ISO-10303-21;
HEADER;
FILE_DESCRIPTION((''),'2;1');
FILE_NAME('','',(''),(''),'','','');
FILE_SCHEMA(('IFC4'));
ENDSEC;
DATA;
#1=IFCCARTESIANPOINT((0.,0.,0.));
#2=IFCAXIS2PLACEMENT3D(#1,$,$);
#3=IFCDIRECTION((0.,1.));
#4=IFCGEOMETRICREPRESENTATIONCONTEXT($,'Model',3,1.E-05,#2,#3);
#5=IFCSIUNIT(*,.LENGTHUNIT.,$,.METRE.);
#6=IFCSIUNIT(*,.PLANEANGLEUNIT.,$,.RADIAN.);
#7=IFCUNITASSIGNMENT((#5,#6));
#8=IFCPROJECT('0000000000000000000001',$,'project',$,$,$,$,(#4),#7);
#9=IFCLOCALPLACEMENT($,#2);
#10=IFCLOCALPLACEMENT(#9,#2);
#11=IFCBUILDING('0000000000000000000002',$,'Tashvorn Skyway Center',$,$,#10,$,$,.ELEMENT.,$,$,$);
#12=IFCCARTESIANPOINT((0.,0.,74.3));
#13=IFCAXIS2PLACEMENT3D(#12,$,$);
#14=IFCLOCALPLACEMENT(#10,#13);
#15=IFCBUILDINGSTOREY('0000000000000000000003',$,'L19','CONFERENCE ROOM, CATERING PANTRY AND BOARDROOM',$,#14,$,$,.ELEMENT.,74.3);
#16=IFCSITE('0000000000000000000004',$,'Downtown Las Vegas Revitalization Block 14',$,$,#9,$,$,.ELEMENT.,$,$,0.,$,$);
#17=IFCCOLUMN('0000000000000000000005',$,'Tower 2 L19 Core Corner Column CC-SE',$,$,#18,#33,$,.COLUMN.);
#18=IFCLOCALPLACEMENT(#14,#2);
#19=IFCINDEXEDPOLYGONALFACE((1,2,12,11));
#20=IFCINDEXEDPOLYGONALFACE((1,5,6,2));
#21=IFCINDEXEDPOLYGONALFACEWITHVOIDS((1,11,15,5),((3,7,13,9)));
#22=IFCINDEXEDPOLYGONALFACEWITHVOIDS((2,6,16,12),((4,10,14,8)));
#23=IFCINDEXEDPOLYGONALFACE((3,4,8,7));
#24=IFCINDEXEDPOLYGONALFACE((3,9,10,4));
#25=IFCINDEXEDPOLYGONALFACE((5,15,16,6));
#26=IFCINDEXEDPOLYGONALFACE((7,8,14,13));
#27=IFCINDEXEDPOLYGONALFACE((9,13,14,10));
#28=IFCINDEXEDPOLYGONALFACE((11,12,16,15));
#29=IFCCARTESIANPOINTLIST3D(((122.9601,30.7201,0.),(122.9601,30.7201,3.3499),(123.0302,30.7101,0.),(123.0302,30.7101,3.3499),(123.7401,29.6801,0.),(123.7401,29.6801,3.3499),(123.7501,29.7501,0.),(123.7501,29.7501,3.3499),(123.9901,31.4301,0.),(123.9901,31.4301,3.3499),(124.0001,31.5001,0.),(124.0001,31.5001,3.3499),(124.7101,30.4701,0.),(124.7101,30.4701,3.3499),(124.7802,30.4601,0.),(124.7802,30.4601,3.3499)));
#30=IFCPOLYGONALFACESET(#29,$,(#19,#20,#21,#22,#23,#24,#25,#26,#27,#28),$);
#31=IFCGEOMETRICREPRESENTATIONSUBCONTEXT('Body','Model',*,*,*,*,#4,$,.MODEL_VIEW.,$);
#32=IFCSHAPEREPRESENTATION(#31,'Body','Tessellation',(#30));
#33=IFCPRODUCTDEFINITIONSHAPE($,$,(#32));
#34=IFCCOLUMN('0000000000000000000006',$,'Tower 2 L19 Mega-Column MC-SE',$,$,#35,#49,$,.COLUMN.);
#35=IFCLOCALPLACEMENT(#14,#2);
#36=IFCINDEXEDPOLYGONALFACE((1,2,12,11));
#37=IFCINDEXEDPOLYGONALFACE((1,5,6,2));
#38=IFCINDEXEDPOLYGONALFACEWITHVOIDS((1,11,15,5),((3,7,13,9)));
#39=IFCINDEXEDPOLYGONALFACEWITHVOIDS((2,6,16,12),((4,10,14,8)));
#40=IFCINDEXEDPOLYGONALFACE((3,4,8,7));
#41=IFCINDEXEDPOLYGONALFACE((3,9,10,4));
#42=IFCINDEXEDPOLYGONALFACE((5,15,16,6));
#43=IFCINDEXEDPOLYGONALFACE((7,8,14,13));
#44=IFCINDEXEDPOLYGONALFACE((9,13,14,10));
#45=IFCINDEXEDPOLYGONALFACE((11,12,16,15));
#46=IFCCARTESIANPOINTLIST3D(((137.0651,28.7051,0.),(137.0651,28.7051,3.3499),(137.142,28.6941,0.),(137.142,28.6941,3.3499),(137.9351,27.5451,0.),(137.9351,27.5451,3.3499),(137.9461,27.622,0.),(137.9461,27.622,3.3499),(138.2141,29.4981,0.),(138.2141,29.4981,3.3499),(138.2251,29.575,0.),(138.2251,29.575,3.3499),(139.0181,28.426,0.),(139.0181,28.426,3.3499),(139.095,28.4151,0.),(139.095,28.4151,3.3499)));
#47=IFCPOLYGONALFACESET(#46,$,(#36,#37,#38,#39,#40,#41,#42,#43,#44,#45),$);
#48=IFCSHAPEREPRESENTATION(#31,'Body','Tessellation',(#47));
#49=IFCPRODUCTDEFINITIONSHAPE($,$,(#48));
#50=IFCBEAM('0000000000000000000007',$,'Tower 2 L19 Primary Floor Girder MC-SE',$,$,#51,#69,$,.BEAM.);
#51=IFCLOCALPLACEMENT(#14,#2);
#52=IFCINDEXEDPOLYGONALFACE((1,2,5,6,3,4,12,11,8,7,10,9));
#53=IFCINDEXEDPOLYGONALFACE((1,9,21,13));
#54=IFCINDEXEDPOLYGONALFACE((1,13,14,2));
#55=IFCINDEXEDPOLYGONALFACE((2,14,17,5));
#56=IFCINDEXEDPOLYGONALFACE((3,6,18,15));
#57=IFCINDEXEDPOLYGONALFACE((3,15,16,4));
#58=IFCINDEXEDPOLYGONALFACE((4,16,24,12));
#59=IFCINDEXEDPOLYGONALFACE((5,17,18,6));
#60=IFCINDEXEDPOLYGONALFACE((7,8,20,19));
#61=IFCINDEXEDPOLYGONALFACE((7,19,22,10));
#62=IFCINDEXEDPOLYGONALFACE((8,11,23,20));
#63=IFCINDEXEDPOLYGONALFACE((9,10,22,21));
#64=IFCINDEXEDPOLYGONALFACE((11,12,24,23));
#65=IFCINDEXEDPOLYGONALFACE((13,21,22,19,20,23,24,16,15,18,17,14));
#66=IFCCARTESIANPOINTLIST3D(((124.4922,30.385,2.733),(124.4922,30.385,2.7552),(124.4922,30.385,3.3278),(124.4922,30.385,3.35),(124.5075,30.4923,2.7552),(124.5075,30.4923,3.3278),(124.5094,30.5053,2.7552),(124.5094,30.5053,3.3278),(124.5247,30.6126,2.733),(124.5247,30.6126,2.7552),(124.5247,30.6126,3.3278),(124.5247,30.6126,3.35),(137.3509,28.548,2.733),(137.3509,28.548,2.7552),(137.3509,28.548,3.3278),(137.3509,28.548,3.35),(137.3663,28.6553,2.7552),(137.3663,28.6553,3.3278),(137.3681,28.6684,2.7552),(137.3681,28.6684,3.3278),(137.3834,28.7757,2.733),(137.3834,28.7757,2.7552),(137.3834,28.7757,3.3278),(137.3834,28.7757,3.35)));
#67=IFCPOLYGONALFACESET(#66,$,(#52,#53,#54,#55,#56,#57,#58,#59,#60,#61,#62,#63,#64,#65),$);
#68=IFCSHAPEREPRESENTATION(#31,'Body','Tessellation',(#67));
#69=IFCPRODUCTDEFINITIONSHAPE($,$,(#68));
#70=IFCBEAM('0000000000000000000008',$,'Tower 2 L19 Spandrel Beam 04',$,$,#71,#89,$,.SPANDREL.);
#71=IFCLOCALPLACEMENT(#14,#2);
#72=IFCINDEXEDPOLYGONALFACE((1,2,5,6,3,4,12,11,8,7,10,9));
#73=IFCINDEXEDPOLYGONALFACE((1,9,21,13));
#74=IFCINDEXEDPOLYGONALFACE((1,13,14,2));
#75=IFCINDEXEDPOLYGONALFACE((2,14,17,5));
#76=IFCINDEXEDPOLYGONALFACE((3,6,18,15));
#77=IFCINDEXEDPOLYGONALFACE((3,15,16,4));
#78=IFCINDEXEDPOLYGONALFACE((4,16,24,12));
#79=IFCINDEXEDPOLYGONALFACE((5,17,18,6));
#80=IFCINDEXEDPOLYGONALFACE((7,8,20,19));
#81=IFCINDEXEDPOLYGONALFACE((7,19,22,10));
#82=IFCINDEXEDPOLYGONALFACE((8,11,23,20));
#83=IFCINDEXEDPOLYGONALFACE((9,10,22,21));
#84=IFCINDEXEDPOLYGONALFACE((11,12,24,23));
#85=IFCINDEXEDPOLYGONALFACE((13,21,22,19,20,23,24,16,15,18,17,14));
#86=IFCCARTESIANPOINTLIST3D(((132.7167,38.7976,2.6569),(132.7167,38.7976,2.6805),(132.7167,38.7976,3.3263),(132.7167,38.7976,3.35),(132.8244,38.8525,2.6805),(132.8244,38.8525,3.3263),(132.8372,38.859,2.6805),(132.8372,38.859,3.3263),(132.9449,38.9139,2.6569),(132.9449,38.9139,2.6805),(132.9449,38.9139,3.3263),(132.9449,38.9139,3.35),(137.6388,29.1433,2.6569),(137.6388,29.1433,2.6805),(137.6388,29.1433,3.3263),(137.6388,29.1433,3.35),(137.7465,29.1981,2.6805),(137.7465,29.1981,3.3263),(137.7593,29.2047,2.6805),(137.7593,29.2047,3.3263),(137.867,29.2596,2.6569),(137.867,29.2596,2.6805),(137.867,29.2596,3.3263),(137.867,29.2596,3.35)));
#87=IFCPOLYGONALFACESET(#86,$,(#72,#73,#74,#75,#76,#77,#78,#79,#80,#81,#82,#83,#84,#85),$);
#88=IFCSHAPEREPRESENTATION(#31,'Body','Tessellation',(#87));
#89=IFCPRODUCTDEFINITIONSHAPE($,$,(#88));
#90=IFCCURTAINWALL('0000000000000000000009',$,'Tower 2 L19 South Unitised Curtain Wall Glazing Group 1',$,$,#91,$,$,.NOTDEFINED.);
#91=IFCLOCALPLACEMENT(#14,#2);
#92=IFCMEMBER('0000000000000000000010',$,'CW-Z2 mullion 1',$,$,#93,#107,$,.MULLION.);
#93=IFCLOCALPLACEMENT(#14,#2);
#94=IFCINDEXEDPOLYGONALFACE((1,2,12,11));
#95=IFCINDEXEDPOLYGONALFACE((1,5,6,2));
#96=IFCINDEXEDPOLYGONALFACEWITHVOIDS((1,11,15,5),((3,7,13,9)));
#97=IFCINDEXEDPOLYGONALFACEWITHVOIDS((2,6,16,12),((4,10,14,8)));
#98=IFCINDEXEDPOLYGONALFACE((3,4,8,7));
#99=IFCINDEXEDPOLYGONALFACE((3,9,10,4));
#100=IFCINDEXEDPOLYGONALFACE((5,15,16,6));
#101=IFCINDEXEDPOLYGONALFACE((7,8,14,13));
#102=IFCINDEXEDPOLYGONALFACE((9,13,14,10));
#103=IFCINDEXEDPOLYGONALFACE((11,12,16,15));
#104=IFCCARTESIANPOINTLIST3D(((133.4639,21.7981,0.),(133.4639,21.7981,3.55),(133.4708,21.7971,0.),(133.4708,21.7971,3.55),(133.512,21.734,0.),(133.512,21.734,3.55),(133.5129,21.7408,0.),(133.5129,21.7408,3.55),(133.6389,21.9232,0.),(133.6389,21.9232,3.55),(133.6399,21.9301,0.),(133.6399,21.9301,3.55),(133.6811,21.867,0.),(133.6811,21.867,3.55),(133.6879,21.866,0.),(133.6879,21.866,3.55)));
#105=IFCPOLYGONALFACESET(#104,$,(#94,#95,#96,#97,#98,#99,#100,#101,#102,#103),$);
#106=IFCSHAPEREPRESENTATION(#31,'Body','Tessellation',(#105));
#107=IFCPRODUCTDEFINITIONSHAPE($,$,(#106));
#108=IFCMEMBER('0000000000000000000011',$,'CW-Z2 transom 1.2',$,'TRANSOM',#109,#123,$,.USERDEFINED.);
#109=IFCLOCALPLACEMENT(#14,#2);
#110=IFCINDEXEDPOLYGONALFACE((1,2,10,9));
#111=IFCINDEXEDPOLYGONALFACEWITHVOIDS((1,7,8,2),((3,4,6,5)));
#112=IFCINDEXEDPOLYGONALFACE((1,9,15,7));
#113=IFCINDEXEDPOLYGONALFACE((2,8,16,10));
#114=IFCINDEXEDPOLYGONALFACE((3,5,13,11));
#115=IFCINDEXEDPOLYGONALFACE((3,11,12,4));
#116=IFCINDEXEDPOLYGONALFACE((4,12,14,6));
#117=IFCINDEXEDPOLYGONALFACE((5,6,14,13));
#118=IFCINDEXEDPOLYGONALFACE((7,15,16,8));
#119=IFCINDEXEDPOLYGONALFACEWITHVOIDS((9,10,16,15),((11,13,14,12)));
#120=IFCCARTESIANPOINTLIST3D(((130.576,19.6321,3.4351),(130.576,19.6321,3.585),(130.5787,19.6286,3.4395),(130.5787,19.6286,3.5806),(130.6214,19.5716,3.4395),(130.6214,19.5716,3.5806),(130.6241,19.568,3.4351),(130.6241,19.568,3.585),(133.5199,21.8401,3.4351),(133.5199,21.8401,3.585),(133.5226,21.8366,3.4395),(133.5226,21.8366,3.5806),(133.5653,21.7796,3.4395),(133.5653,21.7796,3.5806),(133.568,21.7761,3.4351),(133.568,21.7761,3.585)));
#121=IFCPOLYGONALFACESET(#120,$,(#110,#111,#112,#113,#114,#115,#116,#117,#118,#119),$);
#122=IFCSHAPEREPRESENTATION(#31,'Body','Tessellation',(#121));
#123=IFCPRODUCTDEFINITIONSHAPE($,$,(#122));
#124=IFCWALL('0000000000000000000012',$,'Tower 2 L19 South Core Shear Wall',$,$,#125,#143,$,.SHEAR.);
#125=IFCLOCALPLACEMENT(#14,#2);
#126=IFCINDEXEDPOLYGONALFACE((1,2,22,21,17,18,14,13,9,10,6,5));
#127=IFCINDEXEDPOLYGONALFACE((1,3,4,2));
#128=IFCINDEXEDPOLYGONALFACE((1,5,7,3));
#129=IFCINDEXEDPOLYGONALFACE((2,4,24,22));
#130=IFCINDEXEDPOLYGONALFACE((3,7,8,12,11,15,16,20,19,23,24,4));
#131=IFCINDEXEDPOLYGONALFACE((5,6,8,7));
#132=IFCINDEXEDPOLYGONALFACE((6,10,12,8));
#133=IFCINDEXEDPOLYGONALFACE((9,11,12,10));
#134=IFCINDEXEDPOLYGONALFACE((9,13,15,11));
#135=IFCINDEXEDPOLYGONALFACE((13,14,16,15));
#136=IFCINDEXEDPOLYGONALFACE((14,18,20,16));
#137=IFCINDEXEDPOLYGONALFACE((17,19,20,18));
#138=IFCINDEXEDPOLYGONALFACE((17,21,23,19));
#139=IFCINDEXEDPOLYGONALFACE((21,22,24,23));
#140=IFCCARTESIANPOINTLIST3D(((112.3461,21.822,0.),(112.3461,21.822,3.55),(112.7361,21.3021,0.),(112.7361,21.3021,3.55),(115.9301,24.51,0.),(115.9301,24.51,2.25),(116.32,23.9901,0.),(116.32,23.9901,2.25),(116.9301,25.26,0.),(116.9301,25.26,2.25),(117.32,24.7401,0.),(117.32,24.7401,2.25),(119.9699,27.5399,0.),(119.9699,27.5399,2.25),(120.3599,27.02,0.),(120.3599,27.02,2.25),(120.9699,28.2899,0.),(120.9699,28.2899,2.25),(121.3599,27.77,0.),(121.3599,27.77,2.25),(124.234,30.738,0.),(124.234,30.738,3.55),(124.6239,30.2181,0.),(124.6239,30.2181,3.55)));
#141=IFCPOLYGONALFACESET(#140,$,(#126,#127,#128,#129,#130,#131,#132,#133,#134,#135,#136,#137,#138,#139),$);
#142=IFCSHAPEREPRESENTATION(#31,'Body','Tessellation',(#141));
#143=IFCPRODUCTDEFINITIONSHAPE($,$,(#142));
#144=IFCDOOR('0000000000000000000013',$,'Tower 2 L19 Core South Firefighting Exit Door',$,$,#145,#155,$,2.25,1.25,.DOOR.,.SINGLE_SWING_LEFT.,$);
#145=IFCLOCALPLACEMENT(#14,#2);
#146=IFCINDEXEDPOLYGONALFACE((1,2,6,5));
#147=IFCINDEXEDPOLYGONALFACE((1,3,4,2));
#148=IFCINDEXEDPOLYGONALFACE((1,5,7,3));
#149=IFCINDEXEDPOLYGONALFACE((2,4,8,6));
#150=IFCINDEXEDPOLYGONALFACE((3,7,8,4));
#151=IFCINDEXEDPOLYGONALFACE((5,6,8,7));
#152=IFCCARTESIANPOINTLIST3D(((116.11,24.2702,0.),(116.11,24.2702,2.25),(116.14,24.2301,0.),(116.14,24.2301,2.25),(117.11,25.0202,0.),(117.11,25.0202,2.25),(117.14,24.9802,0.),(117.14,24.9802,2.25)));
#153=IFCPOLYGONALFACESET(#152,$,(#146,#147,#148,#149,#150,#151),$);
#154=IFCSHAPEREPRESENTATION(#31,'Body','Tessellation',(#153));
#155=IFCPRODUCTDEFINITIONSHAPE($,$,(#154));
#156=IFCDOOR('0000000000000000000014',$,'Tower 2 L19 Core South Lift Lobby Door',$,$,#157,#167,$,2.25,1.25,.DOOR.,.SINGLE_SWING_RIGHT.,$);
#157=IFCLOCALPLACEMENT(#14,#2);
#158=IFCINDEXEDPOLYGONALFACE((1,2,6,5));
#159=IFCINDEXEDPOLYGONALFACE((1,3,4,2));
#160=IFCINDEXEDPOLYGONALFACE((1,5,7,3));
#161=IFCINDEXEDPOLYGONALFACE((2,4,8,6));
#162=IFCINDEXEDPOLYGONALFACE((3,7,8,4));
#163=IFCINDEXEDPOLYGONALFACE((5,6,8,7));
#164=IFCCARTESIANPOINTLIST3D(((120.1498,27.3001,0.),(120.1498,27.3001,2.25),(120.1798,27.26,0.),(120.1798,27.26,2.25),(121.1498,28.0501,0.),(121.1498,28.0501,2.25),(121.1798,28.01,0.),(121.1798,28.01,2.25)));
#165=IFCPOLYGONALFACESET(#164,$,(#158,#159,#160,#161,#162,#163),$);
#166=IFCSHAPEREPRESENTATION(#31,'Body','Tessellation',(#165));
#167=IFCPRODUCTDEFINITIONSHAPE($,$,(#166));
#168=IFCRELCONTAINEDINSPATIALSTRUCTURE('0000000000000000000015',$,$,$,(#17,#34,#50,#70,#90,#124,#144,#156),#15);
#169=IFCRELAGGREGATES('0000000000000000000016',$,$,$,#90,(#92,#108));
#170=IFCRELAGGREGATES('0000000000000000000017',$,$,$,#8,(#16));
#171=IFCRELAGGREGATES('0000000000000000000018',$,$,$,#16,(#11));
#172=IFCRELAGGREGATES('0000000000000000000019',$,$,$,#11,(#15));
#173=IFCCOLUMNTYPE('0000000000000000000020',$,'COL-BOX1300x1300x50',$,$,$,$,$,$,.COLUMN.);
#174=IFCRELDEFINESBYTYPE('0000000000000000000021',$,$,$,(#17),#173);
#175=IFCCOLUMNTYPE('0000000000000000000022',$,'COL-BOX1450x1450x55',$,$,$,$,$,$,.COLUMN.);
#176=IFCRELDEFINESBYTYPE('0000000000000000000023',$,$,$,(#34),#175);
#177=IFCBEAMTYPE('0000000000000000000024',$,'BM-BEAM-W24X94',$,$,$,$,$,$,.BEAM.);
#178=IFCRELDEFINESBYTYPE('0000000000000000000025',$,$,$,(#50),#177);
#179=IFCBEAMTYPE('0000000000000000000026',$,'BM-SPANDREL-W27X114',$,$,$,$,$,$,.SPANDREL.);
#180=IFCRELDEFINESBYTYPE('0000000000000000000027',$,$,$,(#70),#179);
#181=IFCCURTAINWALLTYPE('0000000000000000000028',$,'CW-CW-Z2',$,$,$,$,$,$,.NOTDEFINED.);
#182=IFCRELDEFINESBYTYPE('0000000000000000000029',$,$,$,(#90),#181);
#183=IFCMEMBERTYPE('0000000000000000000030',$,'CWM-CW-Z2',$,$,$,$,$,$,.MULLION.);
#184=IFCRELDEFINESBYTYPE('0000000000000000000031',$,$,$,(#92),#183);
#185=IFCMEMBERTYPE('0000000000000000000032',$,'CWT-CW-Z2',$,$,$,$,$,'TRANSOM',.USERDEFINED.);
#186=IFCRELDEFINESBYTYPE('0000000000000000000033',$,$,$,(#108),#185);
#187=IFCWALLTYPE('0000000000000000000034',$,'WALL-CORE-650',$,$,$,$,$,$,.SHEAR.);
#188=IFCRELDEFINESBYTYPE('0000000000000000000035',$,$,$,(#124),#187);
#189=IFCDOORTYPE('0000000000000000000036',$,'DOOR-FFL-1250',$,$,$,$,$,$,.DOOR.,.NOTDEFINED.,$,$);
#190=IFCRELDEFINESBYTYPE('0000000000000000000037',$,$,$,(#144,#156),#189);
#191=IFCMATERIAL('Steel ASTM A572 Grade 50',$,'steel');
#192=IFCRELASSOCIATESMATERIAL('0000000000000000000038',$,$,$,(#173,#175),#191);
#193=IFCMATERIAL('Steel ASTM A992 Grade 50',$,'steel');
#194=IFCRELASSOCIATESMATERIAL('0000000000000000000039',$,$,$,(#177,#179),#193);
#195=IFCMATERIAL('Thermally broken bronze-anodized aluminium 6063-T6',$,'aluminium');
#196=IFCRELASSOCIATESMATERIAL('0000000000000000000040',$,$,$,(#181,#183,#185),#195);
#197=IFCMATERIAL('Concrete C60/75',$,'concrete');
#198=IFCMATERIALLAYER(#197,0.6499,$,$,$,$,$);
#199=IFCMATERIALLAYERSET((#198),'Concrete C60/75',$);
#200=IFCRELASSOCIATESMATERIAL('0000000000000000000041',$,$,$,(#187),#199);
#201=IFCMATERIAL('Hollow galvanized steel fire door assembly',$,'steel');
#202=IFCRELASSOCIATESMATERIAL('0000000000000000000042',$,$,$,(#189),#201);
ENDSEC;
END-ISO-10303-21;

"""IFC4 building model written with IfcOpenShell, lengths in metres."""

from ifc_helpers import new_model, si_unit, direction, frame, frame_2d, origin, origin_2d, place, context, subcontext, project, spatial, rectangle, hollow_rectangle, i_section, extrude, material, layer, layer_set, material_profile, profile_set, type_object, element, fill, aggregate, save


model = new_model("IFC4")

# Units and contexts
model_context = context("Model", 3, precision=1e-05, world=origin(), true_north=direction((0.0, 1.0)))
body_context = subcontext(model_context, "Body", "Model", "MODEL_VIEW")
ifc_project = project(units=[si_unit("LENGTHUNIT", "METRE"), si_unit("PLANEANGLEUNIT", "RADIAN")], contexts=[model_context])

# Site, building, storey
site_placement = place(None, origin())
site = spatial("IfcSite", under=ifc_project, at=site_placement, Name="Downtown Las Vegas Revitalization Block 14", CompositionType="ELEMENT", RefElevation=0.0)
building_placement = place(site_placement, origin())
building = spatial("IfcBuilding", under=site, at=building_placement, Name="Tashvorn Skyway Center", CompositionType="ELEMENT")
storey_placement = place(building_placement, frame((0.0, 0.0, 74.3)))
storey = spatial("IfcBuildingStorey", under=building, at=storey_placement, Name="L19", Description="CONFERENCE ROOM, CATERING PANTRY AND BOARDROOM", CompositionType="ELEMENT", Elevation=74.3)

# Columns
ifc_material_1 = material(Name="Steel ASTM A572 Grade 50", Category="steel")
ifc_material_profile_1 = material_profile(ifc_material_1, hollow_rectangle(XDim=1.3, YDim=1.3, WallThickness=0.05, at=origin_2d()), Name="BOX1300x1300x50")
ifc_profile_set_1 = profile_set([ifc_material_profile_1], Name="Steel ASTM A572 Grade 50")
column_type_1 = type_object("IfcColumnType", Name="COL-BOX1300x1300x50", PredefinedType="COLUMN", material=ifc_profile_set_1)
column_1_placement = place(storey_placement, frame((123.8701, 30.5901, 0.0), z_axis=(0.0, 0.0, 1.0), x_axis=(0.8, 0.6, 0.0)))
element("IfcColumn", 1, at=column_1_placement, inside=storey, type_object=column_type_1, Name="Tower 2 L19 Core Corner Column CC-SE", PredefinedType="COLUMN", context=body_context, shape_type="SweptSolid", body=[
    extrude(hollow_rectangle(XDim=1.3, YDim=1.3, WallThickness=0.05, at=origin_2d()), origin(), (0.0, 0.0, 1.0), 3.3499),
])
ifc_material_profile_2 = material_profile(ifc_material_1, hollow_rectangle(XDim=1.45, YDim=1.45, WallThickness=0.0549, at=origin_2d()), Name="BOX1450x1450x55")
ifc_profile_set_2 = profile_set([ifc_material_profile_2], Name="Steel ASTM A572 Grade 50")
column_type_2 = type_object("IfcColumnType", Name="COL-BOX1450x1450x55", PredefinedType="COLUMN", material=ifc_profile_set_2)
column_2_placement = place(storey_placement, frame((138.0801, 28.5601, 0.0), z_axis=(0.0, 0.0, 1.0), x_axis=(0.8, 0.6, 0.0)))
element("IfcColumn", 2, at=column_2_placement, inside=storey, type_object=column_type_2, Name="Tower 2 L19 Mega-Column MC-SE", PredefinedType="COLUMN", context=body_context, shape_type="SweptSolid", body=[
    extrude(hollow_rectangle(XDim=1.45, YDim=1.45, WallThickness=0.0549, at=origin_2d()), origin(), (0.0, 0.0, 1.0), 3.3499),
])

# Beams
ifc_material_2 = material(Name="Steel ASTM A992 Grade 50", Category="steel")
ifc_material_profile_3 = material_profile(ifc_material_2, i_section(OverallWidth=0.23, OverallDepth=0.6169, WebThickness=0.0132, FlangeThickness=0.0222, at=origin_2d()), Name="W24X94")
ifc_profile_set_3 = profile_set([ifc_material_profile_3], Name="Steel ASTM A992 Grade 50")
beam_type_1 = type_object("IfcBeamType", Name="BM-BEAM-W24X94", PredefinedType="BEAM", material=ifc_profile_set_3)
beam_1_placement = place(storey_placement, frame((137.3672, 28.6619, 3.0415), z_axis=(-0.98995, 0.141419, 0.0), x_axis=(-0.141419, -0.98995, 0.0)))
element("IfcBeam", 3, at=beam_1_placement, inside=storey, type_object=beam_type_1, Name="Tower 2 L19 Primary Floor Girder MC-SE", PredefinedType="BEAM", context=body_context, shape_type="SweptSolid", body=[
    extrude(i_section(OverallWidth=0.23, OverallDepth=0.6169, WebThickness=0.0132, FlangeThickness=0.0222, at=origin_2d()), origin(), (0.0, 0.0, 1.0), 12.9893),
])
ifc_material_profile_4 = material_profile(ifc_material_2, i_section(OverallWidth=0.2561, OverallDepth=0.6931, WebThickness=0.0144, FlangeThickness=0.0237, at=origin_2d()), Name="W27X114")
ifc_profile_set_4 = profile_set([ifc_material_profile_4], Name="Steel ASTM A992 Grade 50")
beam_type_2 = type_object("IfcBeamType", Name="BM-SPANDREL-W27X114", PredefinedType="SPANDREL", material=ifc_profile_set_4)
beam_2_placement = place(storey_placement, frame((137.7529, 29.2014, 3.0034), z_axis=(-0.454211, 0.890894, 0.0), x_axis=(-0.890894, -0.454211, 0.0)))
element("IfcBeam", 4, at=beam_2_placement, inside=storey, type_object=beam_type_2, Name="Tower 2 L19 Spandrel Beam 04", PredefinedType="SPANDREL", context=body_context, shape_type="SweptSolid", body=[
    extrude(i_section(OverallWidth=0.2561, OverallDepth=0.6931, WebThickness=0.0144, FlangeThickness=0.0237, at=origin_2d()), origin(), (0.0, 0.0, 1.0), 10.8367),
])

# Curtain wall, members
ifc_material_3 = material(Name="Thermally broken bronze-anodized aluminium 6063-T6", Category="aluminium")
curtain_wall_type = type_object("IfcCurtainWallType", Name="CW-CW-Z2", PredefinedType="NOTDEFINED", material=ifc_material_3)
curtain_wall_placement = place(storey_placement, origin())
curtain_wall = element("IfcCurtainWall", 5, at=curtain_wall_placement, inside=storey, type_object=curtain_wall_type, Name="Tower 2 L19 South Unitised Curtain Wall Glazing Group 1", PredefinedType="NOTDEFINED")
ifc_material_profile_5 = material_profile(ifc_material_3, hollow_rectangle(XDim=0.0801, YDim=0.22, WallThickness=0.0049, at=origin_2d()), Name="ALU-MULL-80x220")
ifc_profile_set_5 = profile_set([ifc_material_profile_5], Name="Thermally broken bronze-anodized aluminium 6063-T6")
member_type_1 = type_object("IfcMemberType", Name="CWM-CW-Z2", PredefinedType="MULLION", material=ifc_profile_set_5)
member_1_placement = place(storey_placement, frame((133.5759, 21.832, 0.0), z_axis=(0.0, 0.0, 1.0), x_axis=(0.6, -0.8, 0.0)))
member_1 = element("IfcMember", 6, at=member_1_placement, type_object=member_type_1, Name="CW-Z2 mullion 1", PredefinedType="MULLION", context=body_context, shape_type="SweptSolid", body=[
    extrude(hollow_rectangle(XDim=0.0801, YDim=0.22, WallThickness=0.0049, at=origin_2d()), origin(), (0.0, 0.0, 1.0), 3.55),
])
ifc_material_profile_6 = material_profile(ifc_material_3, hollow_rectangle(XDim=0.0801, YDim=0.1499, WallThickness=0.0044, at=origin_2d()), Name="ALU-TRAN-80x150")
ifc_profile_set_6 = profile_set([ifc_material_profile_6], Name="Thermally broken bronze-anodized aluminium 6063-T6")
member_type_2 = type_object("IfcMemberType", Name="CWT-CW-Z2", ElementType="TRANSOM", PredefinedType="USERDEFINED", material=ifc_profile_set_6)
member_2_placement = place(storey_placement, frame((133.5439, 21.8081, 3.51), z_axis=(-0.799984, -0.600021, 0.0), x_axis=(0.600021, -0.799984, 0.0)))
member_2 = element("IfcMember", 7, at=member_2_placement, type_object=member_type_2, Name="CW-Z2 transom 1.2", ObjectType="TRANSOM", PredefinedType="USERDEFINED", context=body_context, shape_type="SweptSolid", body=[
    extrude(hollow_rectangle(XDim=0.0801, YDim=0.1499, WallThickness=0.0044, at=origin_2d()), origin(), (0.0, 0.0, 1.0), 3.6799),
])
aggregate(curtain_wall, [member_1, member_2])

# Wall, openings, doors
ifc_material_4 = material(Name="Concrete C60/75", Category="concrete")
ifc_layer_1 = layer(ifc_material_4, 0.6499)
ifc_layer_set_1 = layer_set([ifc_layer_1], Name="Concrete C60/75")
wall_type_1 = type_object("IfcWallType", Name="WALL-CORE-650", PredefinedType="SHEAR", material=ifc_layer_set_1)
wall_1_placement = place(storey_placement, frame((124.429, 30.478, 0.0), z_axis=(0.0, 0.0, 1.0), x_axis=(-0.799998, -0.600003, 0.0)))
wall_1 = element("IfcWall", 8, at=wall_1_placement, inside=storey, type_object=wall_type_1, Name="Tower 2 L19 South Core Shear Wall", PredefinedType="SHEAR", context=body_context, shape_type="SweptSolid", body=[
    extrude(rectangle(XDim=14.8599, YDim=0.6499, at=frame_2d((7.4299, 0.0))), origin(), (0.0, 0.0, 1.0), 3.55),
])
opening_1_placement = place(wall_1_placement, frame((9.1299, 0.0, 0.0)))
opening_1 = element("IfcOpeningElement", 9, at=opening_1_placement, cuts=wall_1, PredefinedType="OPENING", context=body_context, shape_type="SweptSolid", body=[
    extrude(rectangle(XDim=1.25, YDim=2.25, at=frame_2d((0.625, 1.125))), frame((0.0, 0.335, 0.0), z_axis=(0.0, -1.0, 0.0), x_axis=(1.0, 0.0, 0.0)), (0.0, 0.0, 1.0), 0.6699),
])
opening_2_placement = place(wall_1_placement, frame((4.0801, 0.0, 0.0)))
opening_2 = element("IfcOpeningElement", 10, at=opening_2_placement, cuts=wall_1, PredefinedType="OPENING", context=body_context, shape_type="SweptSolid", body=[
    extrude(rectangle(XDim=1.25, YDim=2.25, at=frame_2d((0.625, 1.125))), frame((0.0, 0.335, 0.0), z_axis=(0.0, -1.0, 0.0), x_axis=(1.0, 0.0, 0.0)), (0.0, 0.0, 1.0), 0.6699),
])
ifc_material_5 = material(Name="Hollow galvanized steel fire door assembly", Category="steel")
door_type_1 = type_object("IfcDoorType", Name="DOOR-FFL-1250", OperationType="NOTDEFINED", PredefinedType="DOOR", material=ifc_material_5)
door_1_placement = place(opening_1_placement, origin())
door_1 = element("IfcDoor", 11, at=door_1_placement, inside=storey, type_object=door_type_1, Name="Tower 2 L19 Core South Firefighting Exit Door", OperationType="SINGLE_SWING_LEFT", OverallHeight=2.25, OverallWidth=1.25, PredefinedType="DOOR", context=body_context, shape_type="SweptSolid", body=[
    extrude(rectangle(XDim=1.25, YDim=2.25, at=frame_2d((0.625, 1.125))), frame((0.0, 0.0249, 0.0), z_axis=(0.0, -1.0, 0.0), x_axis=(1.0, 0.0, 0.0)), (0.0, 0.0, 1.0), 0.05),
])
fill(opening_1, door_1)
door_2_placement = place(opening_2_placement, origin())
door_2 = element("IfcDoor", 12, at=door_2_placement, inside=storey, type_object=door_type_1, Name="Tower 2 L19 Core South Lift Lobby Door", OperationType="SINGLE_SWING_RIGHT", OverallHeight=2.25, OverallWidth=1.25, PredefinedType="DOOR", context=body_context, shape_type="SweptSolid", body=[
    extrude(rectangle(XDim=1.25, YDim=2.25, at=frame_2d((0.625, 1.125))), frame((0.0, 0.0249, 0.0), z_axis=(0.0, -1.0, 0.0), x_axis=(1.0, 0.0, 0.0)), (0.0, 0.0, 1.0), 0.05),
])
fill(opening_2, door_2)

save(model, "model.ifc")
